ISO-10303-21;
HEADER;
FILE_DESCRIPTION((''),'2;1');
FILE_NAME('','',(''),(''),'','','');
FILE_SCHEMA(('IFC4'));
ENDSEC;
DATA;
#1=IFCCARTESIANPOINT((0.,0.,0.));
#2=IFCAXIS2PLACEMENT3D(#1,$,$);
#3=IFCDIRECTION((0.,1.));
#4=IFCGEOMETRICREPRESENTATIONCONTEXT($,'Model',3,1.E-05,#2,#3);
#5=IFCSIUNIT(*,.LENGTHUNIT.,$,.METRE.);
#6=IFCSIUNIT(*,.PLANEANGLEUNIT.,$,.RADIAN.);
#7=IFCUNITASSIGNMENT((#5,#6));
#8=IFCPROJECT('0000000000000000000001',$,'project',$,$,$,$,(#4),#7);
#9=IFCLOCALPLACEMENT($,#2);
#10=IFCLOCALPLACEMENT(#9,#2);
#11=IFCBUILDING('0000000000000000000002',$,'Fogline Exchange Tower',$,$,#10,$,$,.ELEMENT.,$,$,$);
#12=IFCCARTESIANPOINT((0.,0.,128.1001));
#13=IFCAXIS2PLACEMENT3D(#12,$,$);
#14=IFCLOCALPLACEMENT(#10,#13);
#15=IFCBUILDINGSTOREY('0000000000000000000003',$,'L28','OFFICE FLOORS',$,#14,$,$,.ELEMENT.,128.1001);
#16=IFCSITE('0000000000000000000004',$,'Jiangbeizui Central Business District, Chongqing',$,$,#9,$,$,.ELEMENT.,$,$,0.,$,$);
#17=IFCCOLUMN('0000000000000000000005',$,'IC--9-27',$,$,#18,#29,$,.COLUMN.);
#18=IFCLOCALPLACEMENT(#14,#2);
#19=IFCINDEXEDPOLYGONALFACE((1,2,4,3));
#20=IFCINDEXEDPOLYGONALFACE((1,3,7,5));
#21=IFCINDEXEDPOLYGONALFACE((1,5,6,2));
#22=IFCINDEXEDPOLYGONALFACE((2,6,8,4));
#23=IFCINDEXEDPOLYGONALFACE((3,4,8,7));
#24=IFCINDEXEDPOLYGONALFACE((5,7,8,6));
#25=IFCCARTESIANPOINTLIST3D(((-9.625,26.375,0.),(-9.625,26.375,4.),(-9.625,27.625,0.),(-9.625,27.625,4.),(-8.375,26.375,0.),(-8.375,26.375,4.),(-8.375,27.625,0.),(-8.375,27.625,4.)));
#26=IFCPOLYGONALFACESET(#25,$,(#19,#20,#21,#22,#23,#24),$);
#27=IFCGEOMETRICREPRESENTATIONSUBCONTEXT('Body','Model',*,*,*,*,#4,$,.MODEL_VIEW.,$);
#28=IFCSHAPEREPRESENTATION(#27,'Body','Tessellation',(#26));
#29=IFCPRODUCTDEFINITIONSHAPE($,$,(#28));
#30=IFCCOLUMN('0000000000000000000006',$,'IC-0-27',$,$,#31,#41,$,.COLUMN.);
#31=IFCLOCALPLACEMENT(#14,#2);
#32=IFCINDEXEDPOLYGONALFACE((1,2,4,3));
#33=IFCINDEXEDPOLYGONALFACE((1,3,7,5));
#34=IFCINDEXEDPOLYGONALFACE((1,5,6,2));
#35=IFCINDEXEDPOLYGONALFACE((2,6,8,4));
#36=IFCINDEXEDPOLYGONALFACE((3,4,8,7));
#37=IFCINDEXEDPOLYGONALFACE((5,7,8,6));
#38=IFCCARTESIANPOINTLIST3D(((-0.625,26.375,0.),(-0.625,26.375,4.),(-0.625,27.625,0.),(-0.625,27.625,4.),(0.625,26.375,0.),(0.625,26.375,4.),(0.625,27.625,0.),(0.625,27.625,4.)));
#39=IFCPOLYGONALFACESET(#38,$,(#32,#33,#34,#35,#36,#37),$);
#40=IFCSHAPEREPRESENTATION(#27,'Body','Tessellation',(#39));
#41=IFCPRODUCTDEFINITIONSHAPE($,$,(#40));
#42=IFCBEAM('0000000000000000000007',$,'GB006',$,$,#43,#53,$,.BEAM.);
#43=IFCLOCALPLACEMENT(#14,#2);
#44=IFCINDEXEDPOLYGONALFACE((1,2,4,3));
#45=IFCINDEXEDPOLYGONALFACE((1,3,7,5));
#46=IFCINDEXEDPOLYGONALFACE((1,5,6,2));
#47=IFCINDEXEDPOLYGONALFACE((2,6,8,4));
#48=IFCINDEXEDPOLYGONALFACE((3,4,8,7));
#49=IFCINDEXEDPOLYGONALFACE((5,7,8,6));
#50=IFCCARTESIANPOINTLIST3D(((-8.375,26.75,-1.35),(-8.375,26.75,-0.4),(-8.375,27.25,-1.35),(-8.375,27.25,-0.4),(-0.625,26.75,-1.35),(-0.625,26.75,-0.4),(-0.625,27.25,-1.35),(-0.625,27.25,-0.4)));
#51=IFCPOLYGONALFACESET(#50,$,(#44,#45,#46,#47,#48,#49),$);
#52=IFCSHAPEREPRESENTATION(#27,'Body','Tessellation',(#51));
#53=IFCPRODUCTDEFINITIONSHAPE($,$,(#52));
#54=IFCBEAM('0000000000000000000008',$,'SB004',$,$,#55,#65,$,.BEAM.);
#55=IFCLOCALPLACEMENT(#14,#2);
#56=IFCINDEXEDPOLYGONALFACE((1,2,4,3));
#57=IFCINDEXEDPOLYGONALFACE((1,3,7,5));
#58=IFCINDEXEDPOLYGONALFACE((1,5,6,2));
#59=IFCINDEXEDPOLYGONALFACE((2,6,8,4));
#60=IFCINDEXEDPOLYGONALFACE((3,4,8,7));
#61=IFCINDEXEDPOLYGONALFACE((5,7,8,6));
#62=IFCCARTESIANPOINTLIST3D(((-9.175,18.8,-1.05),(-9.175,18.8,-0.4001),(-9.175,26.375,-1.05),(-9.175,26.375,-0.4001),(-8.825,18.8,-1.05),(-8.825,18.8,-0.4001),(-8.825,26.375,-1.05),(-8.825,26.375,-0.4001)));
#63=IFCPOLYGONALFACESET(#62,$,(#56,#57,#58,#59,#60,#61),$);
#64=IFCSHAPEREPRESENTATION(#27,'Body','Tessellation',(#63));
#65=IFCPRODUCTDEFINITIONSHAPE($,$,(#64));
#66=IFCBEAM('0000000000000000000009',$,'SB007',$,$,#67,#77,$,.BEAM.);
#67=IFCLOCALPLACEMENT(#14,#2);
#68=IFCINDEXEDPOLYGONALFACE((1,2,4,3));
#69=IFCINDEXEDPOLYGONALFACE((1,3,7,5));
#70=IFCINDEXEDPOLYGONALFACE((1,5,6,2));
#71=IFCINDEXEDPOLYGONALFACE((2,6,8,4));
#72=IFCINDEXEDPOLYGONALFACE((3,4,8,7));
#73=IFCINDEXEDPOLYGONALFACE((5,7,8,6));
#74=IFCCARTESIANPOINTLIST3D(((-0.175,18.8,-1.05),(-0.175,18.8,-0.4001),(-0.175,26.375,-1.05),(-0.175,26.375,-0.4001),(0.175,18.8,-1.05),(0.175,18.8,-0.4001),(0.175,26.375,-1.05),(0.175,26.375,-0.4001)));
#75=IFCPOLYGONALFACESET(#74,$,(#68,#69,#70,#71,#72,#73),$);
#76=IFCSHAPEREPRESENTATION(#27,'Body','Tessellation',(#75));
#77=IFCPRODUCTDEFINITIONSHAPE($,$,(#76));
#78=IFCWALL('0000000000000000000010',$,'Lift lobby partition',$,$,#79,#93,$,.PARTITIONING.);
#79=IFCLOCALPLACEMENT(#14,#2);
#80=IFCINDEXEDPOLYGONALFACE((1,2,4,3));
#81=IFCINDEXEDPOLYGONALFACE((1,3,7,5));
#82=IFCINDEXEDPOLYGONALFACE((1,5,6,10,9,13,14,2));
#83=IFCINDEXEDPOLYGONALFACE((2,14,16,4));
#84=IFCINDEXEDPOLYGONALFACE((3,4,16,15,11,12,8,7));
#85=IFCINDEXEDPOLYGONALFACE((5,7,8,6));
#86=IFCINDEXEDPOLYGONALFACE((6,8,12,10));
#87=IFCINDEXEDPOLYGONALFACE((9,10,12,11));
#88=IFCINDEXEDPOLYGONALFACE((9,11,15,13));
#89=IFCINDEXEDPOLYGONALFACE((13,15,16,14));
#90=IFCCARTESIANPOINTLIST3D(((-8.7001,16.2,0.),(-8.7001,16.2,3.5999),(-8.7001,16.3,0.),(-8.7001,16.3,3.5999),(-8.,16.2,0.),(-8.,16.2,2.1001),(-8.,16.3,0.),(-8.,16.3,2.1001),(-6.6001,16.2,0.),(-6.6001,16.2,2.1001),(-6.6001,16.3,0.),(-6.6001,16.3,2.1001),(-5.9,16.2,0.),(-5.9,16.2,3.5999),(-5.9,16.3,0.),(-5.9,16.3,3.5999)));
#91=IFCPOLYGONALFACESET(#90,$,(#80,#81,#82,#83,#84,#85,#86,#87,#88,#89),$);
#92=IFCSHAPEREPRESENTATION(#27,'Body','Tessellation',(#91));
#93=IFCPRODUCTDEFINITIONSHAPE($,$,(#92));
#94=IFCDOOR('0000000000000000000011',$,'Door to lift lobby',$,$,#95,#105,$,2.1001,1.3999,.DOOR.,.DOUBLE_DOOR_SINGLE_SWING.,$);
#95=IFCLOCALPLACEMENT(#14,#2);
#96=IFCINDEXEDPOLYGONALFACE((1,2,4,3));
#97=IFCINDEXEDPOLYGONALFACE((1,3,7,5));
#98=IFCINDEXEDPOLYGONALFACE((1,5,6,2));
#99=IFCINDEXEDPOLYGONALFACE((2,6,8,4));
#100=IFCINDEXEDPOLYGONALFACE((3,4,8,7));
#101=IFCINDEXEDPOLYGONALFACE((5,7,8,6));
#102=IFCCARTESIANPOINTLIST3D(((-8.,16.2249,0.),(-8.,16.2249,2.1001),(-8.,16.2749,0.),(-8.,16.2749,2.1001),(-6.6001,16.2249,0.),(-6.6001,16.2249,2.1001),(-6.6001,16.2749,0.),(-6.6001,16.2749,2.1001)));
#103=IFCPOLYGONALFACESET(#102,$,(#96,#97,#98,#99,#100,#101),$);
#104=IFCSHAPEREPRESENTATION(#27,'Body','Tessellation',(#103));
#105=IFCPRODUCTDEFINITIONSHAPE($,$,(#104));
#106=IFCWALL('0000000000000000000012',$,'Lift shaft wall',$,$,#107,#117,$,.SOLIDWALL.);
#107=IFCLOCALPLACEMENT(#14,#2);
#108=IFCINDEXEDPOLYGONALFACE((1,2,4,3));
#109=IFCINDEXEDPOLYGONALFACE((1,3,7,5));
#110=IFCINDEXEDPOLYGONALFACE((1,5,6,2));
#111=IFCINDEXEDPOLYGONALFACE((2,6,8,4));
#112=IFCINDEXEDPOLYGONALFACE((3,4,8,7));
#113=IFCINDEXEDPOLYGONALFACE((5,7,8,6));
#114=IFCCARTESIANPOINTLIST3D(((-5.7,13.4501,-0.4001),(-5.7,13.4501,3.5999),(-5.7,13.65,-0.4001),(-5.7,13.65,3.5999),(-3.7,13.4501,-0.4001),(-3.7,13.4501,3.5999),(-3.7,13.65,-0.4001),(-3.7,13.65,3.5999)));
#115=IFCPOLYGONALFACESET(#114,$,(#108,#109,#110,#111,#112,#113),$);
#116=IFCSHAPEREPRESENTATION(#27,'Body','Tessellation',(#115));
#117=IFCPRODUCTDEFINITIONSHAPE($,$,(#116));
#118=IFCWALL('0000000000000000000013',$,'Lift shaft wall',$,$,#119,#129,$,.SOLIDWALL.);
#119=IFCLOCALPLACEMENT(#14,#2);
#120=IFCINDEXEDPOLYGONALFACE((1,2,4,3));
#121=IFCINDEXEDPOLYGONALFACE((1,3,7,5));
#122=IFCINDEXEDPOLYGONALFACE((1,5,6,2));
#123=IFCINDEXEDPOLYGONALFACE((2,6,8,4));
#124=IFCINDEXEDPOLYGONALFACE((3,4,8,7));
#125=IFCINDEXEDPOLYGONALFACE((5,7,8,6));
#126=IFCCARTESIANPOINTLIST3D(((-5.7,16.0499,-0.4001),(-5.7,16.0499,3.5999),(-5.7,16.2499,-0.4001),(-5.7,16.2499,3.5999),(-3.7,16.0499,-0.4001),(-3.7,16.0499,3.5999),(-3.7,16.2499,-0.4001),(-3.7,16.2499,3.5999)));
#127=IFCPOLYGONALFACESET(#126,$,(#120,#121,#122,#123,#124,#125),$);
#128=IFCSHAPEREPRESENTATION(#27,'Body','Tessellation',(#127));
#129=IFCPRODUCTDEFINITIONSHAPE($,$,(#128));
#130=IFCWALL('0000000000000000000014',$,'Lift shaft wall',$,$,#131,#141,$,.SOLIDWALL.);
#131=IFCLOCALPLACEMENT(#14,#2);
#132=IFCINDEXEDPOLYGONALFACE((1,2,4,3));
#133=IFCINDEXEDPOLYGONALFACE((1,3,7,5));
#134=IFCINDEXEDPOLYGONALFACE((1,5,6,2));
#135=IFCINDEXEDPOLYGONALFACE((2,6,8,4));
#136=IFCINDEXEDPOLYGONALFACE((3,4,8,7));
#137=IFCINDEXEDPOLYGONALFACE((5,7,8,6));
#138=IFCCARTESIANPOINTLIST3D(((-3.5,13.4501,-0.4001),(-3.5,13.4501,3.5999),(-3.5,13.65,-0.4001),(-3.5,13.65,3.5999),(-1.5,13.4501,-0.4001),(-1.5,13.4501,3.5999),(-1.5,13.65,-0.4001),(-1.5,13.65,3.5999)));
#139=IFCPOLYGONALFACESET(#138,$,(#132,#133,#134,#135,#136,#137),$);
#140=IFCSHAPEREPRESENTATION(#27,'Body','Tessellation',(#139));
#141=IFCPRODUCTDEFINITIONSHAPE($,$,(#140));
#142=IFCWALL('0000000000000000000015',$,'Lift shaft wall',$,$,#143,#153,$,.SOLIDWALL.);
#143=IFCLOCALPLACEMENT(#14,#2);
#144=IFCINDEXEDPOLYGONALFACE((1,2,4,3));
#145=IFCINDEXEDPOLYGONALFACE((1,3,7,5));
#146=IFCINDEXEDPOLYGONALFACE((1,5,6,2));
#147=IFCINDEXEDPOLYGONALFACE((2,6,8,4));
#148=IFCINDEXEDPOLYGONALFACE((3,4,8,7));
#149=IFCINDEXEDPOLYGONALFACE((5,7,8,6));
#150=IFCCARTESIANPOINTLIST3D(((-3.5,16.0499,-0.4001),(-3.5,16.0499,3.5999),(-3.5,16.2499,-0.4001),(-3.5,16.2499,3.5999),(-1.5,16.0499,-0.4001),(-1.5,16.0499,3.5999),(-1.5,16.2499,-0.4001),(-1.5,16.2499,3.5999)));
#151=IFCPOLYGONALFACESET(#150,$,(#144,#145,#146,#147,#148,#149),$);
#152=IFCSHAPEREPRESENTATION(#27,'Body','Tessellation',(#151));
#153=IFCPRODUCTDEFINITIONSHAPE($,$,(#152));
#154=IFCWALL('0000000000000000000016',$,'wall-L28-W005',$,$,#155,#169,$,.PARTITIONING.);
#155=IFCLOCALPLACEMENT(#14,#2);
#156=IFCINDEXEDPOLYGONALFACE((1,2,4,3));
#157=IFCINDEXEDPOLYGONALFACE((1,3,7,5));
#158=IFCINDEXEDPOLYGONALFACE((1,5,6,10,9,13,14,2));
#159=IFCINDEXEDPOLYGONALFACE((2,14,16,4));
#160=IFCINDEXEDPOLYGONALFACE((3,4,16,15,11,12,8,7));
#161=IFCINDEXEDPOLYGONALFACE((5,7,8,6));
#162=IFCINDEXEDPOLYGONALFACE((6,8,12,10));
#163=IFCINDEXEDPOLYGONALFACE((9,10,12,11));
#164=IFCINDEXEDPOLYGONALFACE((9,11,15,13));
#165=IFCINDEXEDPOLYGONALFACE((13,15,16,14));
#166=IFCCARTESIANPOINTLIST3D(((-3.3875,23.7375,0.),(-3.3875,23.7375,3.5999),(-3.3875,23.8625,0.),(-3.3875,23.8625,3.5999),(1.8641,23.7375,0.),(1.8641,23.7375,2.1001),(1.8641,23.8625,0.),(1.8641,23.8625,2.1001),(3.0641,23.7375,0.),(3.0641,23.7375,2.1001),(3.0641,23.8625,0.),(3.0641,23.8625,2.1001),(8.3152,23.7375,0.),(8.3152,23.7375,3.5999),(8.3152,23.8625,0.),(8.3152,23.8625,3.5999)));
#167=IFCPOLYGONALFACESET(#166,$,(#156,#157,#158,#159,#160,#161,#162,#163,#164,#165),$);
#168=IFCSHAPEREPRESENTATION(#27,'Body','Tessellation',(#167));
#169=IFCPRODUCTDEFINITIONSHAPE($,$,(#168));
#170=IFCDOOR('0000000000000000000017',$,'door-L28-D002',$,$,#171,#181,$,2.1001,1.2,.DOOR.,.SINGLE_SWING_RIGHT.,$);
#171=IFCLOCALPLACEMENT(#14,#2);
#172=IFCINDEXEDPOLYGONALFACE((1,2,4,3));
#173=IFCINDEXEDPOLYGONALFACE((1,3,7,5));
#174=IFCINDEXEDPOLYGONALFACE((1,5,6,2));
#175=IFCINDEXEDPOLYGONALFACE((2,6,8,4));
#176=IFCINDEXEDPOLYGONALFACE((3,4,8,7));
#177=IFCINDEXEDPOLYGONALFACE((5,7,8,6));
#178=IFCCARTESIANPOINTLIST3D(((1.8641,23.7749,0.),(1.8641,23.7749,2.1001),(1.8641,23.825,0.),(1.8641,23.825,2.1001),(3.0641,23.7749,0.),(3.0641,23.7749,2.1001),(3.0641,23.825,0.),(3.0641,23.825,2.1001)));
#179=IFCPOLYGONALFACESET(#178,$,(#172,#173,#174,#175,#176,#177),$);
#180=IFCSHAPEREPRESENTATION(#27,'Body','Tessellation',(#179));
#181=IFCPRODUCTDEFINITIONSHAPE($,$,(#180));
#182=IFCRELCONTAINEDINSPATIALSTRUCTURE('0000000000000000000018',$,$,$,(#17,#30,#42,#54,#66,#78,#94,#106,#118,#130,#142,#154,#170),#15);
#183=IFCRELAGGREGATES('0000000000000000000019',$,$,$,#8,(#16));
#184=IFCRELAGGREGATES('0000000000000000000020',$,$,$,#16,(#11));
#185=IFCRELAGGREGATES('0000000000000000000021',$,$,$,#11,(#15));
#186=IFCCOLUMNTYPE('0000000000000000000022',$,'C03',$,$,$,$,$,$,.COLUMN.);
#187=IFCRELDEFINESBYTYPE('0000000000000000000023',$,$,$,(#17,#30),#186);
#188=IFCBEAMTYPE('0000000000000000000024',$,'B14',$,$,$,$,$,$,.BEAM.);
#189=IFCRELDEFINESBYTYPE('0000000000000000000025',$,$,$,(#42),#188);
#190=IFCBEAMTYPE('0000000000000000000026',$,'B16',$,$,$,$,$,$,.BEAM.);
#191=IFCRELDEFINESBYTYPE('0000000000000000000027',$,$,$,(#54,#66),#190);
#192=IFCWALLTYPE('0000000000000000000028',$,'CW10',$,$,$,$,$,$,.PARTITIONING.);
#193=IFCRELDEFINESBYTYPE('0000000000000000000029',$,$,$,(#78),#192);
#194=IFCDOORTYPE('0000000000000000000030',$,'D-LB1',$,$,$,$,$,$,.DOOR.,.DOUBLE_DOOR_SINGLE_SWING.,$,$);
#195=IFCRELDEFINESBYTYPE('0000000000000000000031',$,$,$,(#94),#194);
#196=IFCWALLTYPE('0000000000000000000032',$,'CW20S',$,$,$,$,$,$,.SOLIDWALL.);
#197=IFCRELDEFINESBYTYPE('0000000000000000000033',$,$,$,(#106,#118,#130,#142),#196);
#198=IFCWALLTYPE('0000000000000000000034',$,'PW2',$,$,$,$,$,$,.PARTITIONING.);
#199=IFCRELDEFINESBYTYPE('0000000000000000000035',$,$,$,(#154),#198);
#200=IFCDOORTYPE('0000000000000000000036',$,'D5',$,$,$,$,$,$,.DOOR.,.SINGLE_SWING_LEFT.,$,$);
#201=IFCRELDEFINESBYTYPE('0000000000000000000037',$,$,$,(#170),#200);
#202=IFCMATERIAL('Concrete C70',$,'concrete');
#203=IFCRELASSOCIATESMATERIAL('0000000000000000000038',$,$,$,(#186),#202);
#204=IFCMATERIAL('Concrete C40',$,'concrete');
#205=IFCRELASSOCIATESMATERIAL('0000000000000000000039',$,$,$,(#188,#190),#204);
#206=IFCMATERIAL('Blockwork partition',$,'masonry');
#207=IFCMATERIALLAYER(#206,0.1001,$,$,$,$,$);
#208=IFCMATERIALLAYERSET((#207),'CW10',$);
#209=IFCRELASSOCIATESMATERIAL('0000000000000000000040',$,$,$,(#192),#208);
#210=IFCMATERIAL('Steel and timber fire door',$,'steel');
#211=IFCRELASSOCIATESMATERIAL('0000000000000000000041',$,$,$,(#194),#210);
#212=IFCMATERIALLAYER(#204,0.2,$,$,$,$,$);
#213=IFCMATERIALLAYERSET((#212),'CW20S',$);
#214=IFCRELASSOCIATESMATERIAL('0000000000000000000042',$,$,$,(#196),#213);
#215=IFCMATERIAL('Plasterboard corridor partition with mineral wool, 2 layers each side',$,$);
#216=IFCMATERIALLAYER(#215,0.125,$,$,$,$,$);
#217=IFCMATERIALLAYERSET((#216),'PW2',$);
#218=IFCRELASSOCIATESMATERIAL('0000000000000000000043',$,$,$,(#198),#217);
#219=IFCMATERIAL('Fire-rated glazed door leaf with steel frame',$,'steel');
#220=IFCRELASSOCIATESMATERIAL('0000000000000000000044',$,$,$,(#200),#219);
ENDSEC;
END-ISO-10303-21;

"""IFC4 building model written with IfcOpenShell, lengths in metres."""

from ifc_helpers import new_model, si_unit, direction, frame, frame_2d, origin, origin_2d, place, context, subcontext, project, spatial, rectangle, extrude, material, layer, layer_set, material_profile, profile_set, type_object, element, fill, save


model = new_model("IFC4")

# Units and contexts
model_context = context("Model", 3, precision=1e-05, world=origin(), true_north=direction((0.0, 1.0)))
body_context = subcontext(model_context, "Body", "Model", "MODEL_VIEW")
ifc_project = project(units=[si_unit("LENGTHUNIT", "METRE"), si_unit("PLANEANGLEUNIT", "RADIAN")], contexts=[model_context])

# Site, building, storey
site_placement = place(None, origin())
site = spatial("IfcSite", under=ifc_project, at=site_placement, Name="Jiangbeizui Central Business District, Chongqing", CompositionType="ELEMENT", RefElevation=0.0)
building_placement = place(site_placement, origin())
building = spatial("IfcBuilding", under=site, at=building_placement, Name="Fogline Exchange Tower", CompositionType="ELEMENT")
storey_placement = place(building_placement, frame((0.0, 0.0, 128.1001)))
storey = spatial("IfcBuildingStorey", under=building, at=storey_placement, Name="L28", Description="OFFICE FLOORS", CompositionType="ELEMENT", Elevation=128.1001)

# Columns
ifc_material_1 = material(Name="Concrete C70", Category="concrete")
ifc_material_profile_1 = material_profile(ifc_material_1, rectangle(XDim=1.25, YDim=1.25, at=origin_2d()), Name="RC 1250x1250")
ifc_profile_set_1 = profile_set([ifc_material_profile_1], Name="Concrete C70")
column_type = type_object("IfcColumnType", Name="C03", PredefinedType="COLUMN", material=ifc_profile_set_1)
for number, where, z_axis, x_axis, name in (
    (1, (-9.0, 27.0, 0.0), (0.0, 0.0, 1.0), (1.0, 0.0, 0.0), "IC--9-27"),
    (2, (0.0, 27.0, 0.0), (0.0, 0.0, 1.0), (1.0, 0.0, 0.0), "IC-0-27"),
):
    element("IfcColumn", number, at=place(storey_placement, frame(where, z_axis=z_axis, x_axis=x_axis)), inside=storey, type_object=column_type, Name=name, PredefinedType="COLUMN", context=body_context, shape_type="SweptSolid", body=[
        extrude(rectangle(XDim=1.25, YDim=1.25, at=origin_2d()), origin(), (0.0, 0.0, 1.0), 4.0),
    ])

# Beams
ifc_material_2 = material(Name="Concrete C40", Category="concrete")
ifc_material_profile_2 = material_profile(ifc_material_2, rectangle(XDim=0.5, YDim=0.95, at=origin_2d()), Name="RC 500x950")
ifc_profile_set_2 = profile_set([ifc_material_profile_2], Name="Concrete C40")
beam_type_1 = type_object("IfcBeamType", Name="B14", PredefinedType="BEAM", material=ifc_profile_set_2)
beam_placement = place(storey_placement, frame((-8.375, 27.0, -0.875), z_axis=(1.0, 0.0, 0.0), x_axis=(0.0, 1.0, 0.0)))
element("IfcBeam", 3, at=beam_placement, inside=storey, type_object=beam_type_1, Name="GB006", PredefinedType="BEAM", context=body_context, shape_type="SweptSolid", body=[
    extrude(rectangle(XDim=0.5, YDim=0.95, at=origin_2d()), origin(), (0.0, 0.0, 1.0), 7.75),
])
ifc_material_profile_3 = material_profile(ifc_material_2, rectangle(XDim=0.3501, YDim=0.6499, at=origin_2d()), Name="RC 350x650")
ifc_profile_set_3 = profile_set([ifc_material_profile_3], Name="Concrete C40")
beam_type_2 = type_object("IfcBeamType", Name="B16", PredefinedType="BEAM", material=ifc_profile_set_3)
for number, where, z_axis, x_axis, name in (
    (4, (-9.0, 18.8, -0.7251), (0.0, 1.0, 0.0), (-1.0, 0.0, 0.0), "SB004"),
    (5, (0.0, 18.8, -0.7251), (0.0, 1.0, 0.0), (-1.0, 0.0, 0.0), "SB007"),
):
    element("IfcBeam", number, at=place(storey_placement, frame(where, z_axis=z_axis, x_axis=x_axis)), inside=storey, type_object=beam_type_2, Name=name, PredefinedType="BEAM", context=body_context, shape_type="SweptSolid", body=[
        extrude(rectangle(XDim=0.3501, YDim=0.6499, at=origin_2d()), origin(), (0.0, 0.0, 1.0), 7.575),
    ])

# Wall, opening, door
ifc_material_3 = material(Name="Blockwork partition", Category="masonry")
ifc_layer_1 = layer(ifc_material_3, 0.1001)
ifc_layer_set_1 = layer_set([ifc_layer_1], Name="CW10")
wall_type_1 = type_object("IfcWallType", Name="CW10", PredefinedType="PARTITIONING", material=ifc_layer_set_1)
wall_1_placement = place(storey_placement, frame((-8.7, 16.25, 0.0), z_axis=(0.0, 0.0, 1.0), x_axis=(1.0, 0.0, 0.0)))
wall_1 = element("IfcWall", 6, at=wall_1_placement, inside=storey, type_object=wall_type_1, Name="Lift lobby partition", PredefinedType="PARTITIONING", context=body_context, shape_type="SweptSolid", body=[
    extrude(rectangle(XDim=2.8, YDim=0.1001, at=frame_2d((1.3999, 0.0))), origin(), (0.0, 0.0, 1.0), 3.5999),
])
opening_1_placement = place(wall_1_placement, frame((0.7, 0.0, 0.0)))
opening_1 = element("IfcOpeningElement", 7, at=opening_1_placement, cuts=wall_1, PredefinedType="OPENING", context=body_context, shape_type="SweptSolid", body=[
    extrude(rectangle(XDim=1.3999, YDim=2.1001, at=frame_2d((0.7, 1.05))), frame((0.0, 0.0601, 0.0), z_axis=(0.0, -1.0, 0.0), x_axis=(1.0, 0.0, 0.0)), (0.0, 0.0, 1.0), 0.1201),
])
ifc_material_4 = material(Name="Steel and timber fire door", Category="steel")
door_type_1 = type_object("IfcDoorType", Name="D-LB1", OperationType="DOUBLE_DOOR_SINGLE_SWING", PredefinedType="DOOR", material=ifc_material_4)
door_1_placement = place(opening_1_placement, origin())
door_1 = element("IfcDoor", 8, at=door_1_placement, inside=storey, type_object=door_type_1, Name="Door to lift lobby", OperationType="DOUBLE_DOOR_SINGLE_SWING", OverallHeight=2.1001, OverallWidth=1.3999, PredefinedType="DOOR", context=body_context, shape_type="SweptSolid", body=[
    extrude(rectangle(XDim=1.3999, YDim=2.1001, at=frame_2d((0.7, 1.05))), frame((0.0, 0.0249, 0.0), z_axis=(0.0, -1.0, 0.0), x_axis=(1.0, 0.0, 0.0)), (0.0, 0.0, 1.0), 0.05),
])
fill(opening_1, door_1)

# Walls
ifc_layer_2 = layer(ifc_material_2, 0.2)
ifc_layer_set_2 = layer_set([ifc_layer_2], Name="CW20S")
wall_type_2 = type_object("IfcWallType", Name="CW20S", PredefinedType="SOLIDWALL", material=ifc_layer_set_2)
for number, where, z_axis, x_axis, name in (
    (9, (-5.7, 13.55, -0.4001), (0.0, 0.0, 1.0), (1.0, 0.0, 0.0), "Lift shaft wall"),
    (10, (-5.7, 16.1499, -0.4001), (0.0, 0.0, 1.0), (1.0, 0.0, 0.0), "Lift shaft wall"),
    (11, (-3.5, 13.55, -0.4001), (0.0, 0.0, 1.0), (1.0, 0.0, 0.0), "Lift shaft wall"),
    (12, (-3.5, 16.1499, -0.4001), (0.0, 0.0, 1.0), (1.0, 0.0, 0.0), "Lift shaft wall"),
):
    element("IfcWall", number, at=place(storey_placement, frame(where, z_axis=z_axis, x_axis=x_axis)), inside=storey, type_object=wall_type_2, Name=name, PredefinedType="SOLIDWALL", context=body_context, shape_type="SweptSolid", body=[
        extrude(rectangle(XDim=2.0, YDim=0.2, at=frame_2d((1.0, 0.0))), origin(), (0.0, 0.0, 1.0), 4.0),
    ])

# Wall, opening, door
ifc_material_5 = material(Name="Plasterboard corridor partition with mineral wool, 2 layers each side")
ifc_layer_3 = layer(ifc_material_5, 0.125)
ifc_layer_set_3 = layer_set([ifc_layer_3], Name="PW2")
wall_type_3 = type_object("IfcWallType", Name="PW2", PredefinedType="PARTITIONING", material=ifc_layer_set_3)
wall_2_placement = place(storey_placement, frame((-3.3875, 23.8, 0.0), z_axis=(0.0, 0.0, 1.0), x_axis=(1.0, 0.0, 0.0)))
wall_2 = element("IfcWall", 13, at=wall_2_placement, inside=storey, type_object=wall_type_3, Name="wall-L28-W005", PredefinedType="PARTITIONING", context=body_context, shape_type="SweptSolid", body=[
    extrude(rectangle(XDim=11.7026, YDim=0.125, at=frame_2d((5.8513, 0.0))), origin(), (0.0, 0.0, 1.0), 3.5999),
])
opening_2_placement = place(wall_2_placement, frame((5.2515, 0.0, 0.0)))
opening_2 = element("IfcOpeningElement", 14, at=opening_2_placement, cuts=wall_2, PredefinedType="OPENING", context=body_context, shape_type="SweptSolid", body=[
    extrude(rectangle(XDim=1.2, YDim=2.1001, at=frame_2d((0.6001, 1.05))), frame((0.0, 0.0725, 0.0), z_axis=(0.0, -1.0, 0.0), x_axis=(1.0, 0.0, 0.0)), (0.0, 0.0, 1.0), 0.145),
])
ifc_material_6 = material(Name="Fire-rated glazed door leaf with steel frame", Category="steel")
door_type_2 = type_object("IfcDoorType", Name="D5", OperationType="SINGLE_SWING_LEFT", PredefinedType="DOOR", material=ifc_material_6)
door_2_placement = place(opening_2_placement, origin())
door_2 = element("IfcDoor", 15, at=door_2_placement, inside=storey, type_object=door_type_2, Name="door-L28-D002", OperationType="SINGLE_SWING_RIGHT", OverallHeight=2.1001, OverallWidth=1.2, PredefinedType="DOOR", context=body_context, shape_type="SweptSolid", body=[
    extrude(rectangle(XDim=1.2, YDim=2.1001, at=frame_2d((0.6001, 1.05))), frame((0.0, 0.0249, 0.0), z_axis=(0.0, -1.0, 0.0), x_axis=(1.0, 0.0, 0.0)), (0.0, 0.0, 1.0), 0.05),
])
fill(opening_2, door_2)

save(model, "model.ifc")
